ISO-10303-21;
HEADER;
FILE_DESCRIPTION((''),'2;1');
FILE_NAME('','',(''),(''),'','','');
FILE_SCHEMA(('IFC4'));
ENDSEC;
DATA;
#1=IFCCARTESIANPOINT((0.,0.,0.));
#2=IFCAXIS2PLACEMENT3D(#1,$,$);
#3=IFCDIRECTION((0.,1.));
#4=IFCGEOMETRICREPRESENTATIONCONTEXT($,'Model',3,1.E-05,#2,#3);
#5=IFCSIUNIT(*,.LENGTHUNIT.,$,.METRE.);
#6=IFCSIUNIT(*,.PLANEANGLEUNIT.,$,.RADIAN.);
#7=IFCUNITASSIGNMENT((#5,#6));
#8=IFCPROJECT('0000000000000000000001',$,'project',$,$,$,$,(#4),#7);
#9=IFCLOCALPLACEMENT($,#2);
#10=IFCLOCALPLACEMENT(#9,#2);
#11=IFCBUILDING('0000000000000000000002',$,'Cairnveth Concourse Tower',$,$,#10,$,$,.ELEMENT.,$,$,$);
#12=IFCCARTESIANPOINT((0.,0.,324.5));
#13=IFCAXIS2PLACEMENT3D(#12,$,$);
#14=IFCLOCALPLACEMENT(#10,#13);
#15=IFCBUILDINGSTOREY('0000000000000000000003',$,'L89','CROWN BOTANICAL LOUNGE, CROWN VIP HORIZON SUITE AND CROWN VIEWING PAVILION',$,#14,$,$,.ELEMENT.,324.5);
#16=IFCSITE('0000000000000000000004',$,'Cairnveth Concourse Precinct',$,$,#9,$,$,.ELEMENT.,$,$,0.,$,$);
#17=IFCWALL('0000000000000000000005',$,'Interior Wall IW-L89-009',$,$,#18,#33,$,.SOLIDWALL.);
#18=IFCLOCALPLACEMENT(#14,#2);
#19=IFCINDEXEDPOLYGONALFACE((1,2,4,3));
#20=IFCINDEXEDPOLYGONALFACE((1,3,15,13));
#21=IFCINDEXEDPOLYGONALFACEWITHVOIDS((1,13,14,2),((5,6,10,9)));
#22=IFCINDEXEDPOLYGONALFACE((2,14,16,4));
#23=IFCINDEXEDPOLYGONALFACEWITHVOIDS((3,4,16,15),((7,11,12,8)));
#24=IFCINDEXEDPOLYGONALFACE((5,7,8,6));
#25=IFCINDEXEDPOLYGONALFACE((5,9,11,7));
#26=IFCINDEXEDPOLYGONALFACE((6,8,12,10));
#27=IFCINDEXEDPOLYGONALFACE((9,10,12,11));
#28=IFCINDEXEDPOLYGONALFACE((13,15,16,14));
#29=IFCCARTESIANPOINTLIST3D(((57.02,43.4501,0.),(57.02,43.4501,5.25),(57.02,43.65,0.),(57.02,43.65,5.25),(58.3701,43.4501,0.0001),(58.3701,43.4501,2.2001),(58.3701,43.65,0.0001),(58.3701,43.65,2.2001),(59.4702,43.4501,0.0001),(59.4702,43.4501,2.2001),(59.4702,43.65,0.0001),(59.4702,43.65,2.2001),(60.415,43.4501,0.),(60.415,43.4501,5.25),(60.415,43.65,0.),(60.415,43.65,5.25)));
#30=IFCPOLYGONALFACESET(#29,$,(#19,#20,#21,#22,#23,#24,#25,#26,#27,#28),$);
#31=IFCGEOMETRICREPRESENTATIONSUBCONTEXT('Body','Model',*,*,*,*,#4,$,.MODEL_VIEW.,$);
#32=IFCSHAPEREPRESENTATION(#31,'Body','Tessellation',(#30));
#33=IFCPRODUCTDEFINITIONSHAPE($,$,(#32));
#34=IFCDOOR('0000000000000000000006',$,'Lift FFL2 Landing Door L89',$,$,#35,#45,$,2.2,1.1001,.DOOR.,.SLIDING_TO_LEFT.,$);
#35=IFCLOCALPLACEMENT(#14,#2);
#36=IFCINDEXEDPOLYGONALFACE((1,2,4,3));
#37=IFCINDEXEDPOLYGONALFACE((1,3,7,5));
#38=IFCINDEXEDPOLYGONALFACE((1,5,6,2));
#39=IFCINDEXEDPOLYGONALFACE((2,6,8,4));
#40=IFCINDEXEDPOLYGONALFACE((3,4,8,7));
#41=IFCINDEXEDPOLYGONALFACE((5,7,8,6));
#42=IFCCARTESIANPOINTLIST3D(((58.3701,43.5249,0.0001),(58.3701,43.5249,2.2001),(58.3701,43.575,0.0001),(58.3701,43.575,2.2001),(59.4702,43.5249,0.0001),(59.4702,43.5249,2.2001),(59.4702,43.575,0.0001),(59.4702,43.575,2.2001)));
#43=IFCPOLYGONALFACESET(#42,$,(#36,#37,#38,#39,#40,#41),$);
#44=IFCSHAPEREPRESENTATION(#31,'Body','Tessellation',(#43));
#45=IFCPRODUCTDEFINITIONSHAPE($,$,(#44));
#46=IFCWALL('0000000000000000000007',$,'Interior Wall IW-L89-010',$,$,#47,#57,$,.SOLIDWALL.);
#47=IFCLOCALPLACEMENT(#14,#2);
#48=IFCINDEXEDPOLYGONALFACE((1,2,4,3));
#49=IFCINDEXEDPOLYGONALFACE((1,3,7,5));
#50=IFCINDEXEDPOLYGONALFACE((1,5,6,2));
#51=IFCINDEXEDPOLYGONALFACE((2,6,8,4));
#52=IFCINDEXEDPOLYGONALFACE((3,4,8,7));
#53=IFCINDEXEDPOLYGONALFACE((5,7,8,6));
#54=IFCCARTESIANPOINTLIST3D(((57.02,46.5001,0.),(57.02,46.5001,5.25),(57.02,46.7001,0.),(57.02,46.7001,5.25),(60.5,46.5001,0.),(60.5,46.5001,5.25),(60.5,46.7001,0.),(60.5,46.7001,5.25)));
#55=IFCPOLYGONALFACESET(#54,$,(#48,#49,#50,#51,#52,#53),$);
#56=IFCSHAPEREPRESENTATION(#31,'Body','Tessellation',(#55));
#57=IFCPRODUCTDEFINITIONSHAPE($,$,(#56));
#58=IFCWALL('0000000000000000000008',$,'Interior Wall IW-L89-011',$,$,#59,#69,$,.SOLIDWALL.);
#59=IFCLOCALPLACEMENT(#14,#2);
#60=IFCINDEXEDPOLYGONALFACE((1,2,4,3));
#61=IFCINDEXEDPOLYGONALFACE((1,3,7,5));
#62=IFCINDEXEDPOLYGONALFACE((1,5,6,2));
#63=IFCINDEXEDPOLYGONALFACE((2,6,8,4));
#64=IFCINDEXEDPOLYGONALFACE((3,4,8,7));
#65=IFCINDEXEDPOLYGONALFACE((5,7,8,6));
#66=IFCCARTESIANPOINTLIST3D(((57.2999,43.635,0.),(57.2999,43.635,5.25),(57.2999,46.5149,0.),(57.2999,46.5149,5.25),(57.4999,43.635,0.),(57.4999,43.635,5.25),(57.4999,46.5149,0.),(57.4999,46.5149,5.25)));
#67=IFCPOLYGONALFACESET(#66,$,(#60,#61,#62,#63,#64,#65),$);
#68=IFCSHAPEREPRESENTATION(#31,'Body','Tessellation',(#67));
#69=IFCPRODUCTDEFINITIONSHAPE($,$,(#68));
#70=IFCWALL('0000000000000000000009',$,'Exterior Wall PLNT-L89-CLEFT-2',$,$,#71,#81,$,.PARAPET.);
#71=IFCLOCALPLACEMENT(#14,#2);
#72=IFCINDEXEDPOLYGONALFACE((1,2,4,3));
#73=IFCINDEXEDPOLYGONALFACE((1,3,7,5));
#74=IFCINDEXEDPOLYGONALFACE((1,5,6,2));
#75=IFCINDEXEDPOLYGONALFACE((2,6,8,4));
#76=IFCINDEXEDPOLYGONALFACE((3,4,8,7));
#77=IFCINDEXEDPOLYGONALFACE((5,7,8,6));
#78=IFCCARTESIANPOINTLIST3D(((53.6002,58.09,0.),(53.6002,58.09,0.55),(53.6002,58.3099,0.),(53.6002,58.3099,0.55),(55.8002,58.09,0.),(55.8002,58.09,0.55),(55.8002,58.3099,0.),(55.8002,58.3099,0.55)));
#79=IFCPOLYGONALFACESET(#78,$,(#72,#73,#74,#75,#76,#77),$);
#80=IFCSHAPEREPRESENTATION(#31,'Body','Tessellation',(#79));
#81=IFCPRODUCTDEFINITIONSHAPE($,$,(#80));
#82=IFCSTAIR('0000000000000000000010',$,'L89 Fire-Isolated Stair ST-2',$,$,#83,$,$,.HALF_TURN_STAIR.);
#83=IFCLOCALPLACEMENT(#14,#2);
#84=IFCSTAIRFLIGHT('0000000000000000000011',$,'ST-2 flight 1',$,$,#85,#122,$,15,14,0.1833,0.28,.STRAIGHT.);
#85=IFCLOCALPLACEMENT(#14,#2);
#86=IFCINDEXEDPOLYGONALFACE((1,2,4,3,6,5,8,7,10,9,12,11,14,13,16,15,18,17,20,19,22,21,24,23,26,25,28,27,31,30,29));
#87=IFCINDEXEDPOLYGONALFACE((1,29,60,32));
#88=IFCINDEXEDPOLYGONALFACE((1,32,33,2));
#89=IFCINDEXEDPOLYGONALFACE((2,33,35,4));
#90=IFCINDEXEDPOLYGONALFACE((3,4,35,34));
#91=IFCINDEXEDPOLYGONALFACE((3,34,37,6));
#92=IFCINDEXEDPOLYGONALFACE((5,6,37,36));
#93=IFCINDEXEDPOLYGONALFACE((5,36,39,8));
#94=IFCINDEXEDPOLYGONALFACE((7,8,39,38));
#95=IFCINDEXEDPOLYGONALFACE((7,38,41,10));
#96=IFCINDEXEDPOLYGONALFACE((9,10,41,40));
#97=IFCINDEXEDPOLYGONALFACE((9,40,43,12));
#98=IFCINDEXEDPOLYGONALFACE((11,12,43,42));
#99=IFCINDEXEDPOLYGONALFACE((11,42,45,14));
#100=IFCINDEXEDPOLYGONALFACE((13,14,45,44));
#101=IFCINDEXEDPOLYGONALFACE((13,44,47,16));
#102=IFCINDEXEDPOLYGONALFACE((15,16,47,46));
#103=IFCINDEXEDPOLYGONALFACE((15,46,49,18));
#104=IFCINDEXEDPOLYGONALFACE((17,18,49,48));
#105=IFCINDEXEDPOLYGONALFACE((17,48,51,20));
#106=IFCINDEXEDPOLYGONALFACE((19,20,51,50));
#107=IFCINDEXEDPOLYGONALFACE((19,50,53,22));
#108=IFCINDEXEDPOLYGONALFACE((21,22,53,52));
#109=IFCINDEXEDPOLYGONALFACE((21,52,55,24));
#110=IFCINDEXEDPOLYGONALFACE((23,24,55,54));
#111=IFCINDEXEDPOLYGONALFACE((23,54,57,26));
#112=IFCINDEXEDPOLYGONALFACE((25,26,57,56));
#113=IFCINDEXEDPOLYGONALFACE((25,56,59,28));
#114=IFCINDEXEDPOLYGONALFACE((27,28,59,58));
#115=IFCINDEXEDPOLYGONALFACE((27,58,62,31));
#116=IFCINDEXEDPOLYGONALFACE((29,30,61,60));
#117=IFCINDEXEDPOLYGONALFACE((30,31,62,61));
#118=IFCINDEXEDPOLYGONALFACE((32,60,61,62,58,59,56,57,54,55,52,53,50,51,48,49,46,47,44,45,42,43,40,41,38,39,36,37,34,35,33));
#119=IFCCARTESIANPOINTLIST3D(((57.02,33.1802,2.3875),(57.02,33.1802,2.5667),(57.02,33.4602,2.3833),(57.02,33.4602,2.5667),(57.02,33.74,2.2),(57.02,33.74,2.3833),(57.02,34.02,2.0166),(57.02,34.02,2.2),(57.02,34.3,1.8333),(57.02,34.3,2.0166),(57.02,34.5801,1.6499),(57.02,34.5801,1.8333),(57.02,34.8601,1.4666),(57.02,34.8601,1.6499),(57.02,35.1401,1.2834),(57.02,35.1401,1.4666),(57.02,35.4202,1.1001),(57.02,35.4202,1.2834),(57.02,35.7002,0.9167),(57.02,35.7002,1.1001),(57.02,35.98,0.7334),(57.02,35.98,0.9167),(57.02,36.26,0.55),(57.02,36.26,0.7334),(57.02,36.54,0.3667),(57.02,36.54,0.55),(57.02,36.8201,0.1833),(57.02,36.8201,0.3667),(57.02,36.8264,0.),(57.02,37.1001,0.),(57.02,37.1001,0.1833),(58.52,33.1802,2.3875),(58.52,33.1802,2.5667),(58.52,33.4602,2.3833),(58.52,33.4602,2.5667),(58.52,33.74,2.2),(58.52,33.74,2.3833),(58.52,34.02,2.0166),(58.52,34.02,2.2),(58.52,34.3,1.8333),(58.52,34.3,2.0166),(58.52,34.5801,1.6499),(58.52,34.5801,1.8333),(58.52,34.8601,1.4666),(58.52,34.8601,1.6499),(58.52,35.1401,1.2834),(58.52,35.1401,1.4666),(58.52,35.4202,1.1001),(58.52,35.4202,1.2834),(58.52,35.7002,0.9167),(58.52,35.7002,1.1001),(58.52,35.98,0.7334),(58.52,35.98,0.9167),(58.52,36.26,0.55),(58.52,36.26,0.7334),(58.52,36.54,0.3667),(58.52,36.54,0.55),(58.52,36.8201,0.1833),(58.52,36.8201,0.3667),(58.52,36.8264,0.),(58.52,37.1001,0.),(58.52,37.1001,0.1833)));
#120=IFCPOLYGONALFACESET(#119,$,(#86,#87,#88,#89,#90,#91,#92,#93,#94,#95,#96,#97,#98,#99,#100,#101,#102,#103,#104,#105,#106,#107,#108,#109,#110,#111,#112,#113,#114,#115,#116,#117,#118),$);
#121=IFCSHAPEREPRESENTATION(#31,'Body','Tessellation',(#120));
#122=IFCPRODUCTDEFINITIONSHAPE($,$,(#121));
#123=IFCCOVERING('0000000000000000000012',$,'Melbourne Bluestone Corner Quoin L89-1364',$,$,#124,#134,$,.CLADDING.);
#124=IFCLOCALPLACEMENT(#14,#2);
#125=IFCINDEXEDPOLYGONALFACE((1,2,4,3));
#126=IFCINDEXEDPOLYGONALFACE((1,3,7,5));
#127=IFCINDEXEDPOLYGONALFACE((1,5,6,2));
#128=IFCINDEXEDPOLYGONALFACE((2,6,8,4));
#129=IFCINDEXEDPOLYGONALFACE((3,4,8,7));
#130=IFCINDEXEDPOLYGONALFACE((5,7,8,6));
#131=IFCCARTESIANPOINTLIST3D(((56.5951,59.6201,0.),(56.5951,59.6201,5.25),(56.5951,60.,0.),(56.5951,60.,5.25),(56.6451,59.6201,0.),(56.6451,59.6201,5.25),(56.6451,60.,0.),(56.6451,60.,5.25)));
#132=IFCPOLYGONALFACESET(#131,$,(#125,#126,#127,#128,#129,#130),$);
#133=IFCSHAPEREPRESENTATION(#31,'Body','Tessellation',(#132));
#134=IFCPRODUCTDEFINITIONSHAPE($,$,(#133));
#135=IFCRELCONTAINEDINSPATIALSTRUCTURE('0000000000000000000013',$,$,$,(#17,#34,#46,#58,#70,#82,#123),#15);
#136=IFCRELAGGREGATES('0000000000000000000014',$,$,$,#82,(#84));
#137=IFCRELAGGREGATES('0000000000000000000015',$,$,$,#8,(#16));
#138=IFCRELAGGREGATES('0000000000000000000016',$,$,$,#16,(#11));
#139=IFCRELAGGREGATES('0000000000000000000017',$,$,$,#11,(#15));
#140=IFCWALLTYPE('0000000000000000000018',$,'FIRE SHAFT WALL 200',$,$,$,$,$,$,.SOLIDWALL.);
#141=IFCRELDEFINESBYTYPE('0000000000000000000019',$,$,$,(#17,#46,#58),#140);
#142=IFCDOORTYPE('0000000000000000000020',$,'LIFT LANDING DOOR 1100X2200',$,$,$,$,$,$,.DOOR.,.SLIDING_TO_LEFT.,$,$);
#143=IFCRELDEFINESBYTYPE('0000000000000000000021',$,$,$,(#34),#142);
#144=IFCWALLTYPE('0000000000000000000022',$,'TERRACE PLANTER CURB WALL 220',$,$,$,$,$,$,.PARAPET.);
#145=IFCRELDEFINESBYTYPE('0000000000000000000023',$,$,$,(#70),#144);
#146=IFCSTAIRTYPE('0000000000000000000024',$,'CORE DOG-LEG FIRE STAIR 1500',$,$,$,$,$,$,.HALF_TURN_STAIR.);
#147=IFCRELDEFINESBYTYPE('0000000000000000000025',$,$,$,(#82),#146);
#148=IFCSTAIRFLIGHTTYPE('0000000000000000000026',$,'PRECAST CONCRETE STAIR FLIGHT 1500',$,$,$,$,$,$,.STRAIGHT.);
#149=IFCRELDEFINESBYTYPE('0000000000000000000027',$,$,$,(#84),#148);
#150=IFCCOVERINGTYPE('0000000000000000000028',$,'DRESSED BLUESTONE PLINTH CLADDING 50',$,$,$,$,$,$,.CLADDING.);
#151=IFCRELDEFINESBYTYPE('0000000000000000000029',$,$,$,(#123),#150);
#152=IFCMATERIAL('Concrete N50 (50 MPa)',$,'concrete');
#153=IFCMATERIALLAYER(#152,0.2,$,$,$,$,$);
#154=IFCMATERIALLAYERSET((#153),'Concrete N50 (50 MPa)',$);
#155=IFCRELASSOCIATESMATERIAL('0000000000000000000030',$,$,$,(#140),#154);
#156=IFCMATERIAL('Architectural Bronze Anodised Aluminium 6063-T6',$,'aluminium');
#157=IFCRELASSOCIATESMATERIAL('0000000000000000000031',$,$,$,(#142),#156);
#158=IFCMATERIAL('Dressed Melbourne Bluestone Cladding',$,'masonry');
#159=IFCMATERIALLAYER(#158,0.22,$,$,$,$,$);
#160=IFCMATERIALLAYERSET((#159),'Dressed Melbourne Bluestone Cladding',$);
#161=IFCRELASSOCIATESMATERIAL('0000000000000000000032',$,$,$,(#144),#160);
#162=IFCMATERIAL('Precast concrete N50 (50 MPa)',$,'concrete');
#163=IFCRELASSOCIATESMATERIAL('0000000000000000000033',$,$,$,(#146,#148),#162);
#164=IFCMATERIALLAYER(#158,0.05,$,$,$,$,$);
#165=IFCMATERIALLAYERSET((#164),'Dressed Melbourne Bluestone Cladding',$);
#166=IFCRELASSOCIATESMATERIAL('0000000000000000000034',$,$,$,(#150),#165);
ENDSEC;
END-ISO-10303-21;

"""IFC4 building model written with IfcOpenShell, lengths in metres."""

from ifc_helpers import new_model, si_unit, direction, frame, frame_2d, origin, place, context, subcontext, project, spatial, polyline, rectangle, outline, extrude, material, layer, layer_set, type_object, element, fill, aggregate, save


model = new_model("IFC4")

# Units and contexts
model_context = context("Model", 3, precision=1e-05, world=origin(), true_north=direction((0.0, 1.0)))
body_context = subcontext(model_context, "Body", "Model", "MODEL_VIEW")
ifc_project = project(units=[si_unit("LENGTHUNIT", "METRE"), si_unit("PLANEANGLEUNIT", "RADIAN")], contexts=[model_context])

# Site, building, storey
site_placement = place(None, origin())
site = spatial("IfcSite", under=ifc_project, at=site_placement, Name="Cairnveth Concourse Precinct", CompositionType="ELEMENT", RefElevation=0.0)
building_placement = place(site_placement, origin())
building = spatial("IfcBuilding", under=site, at=building_placement, Name="Cairnveth Concourse Tower", CompositionType="ELEMENT")
storey_placement = place(building_placement, frame((0.0, 0.0, 324.5)))
storey = spatial("IfcBuildingStorey", under=building, at=storey_placement, Name="L89", Description="CROWN BOTANICAL LOUNGE, CROWN VIP HORIZON SUITE AND CROWN VIEWING PAVILION", CompositionType="ELEMENT", Elevation=324.5)

# Shared definitions
ifc_material_1 = material(Name="Architectural Bronze Anodised Aluminium 6063-T6", Category="aluminium")

# Wall, opening, door
ifc_material_2 = material(Name="Concrete N50 (50 MPa)", Category="concrete")
ifc_layer_1 = layer(ifc_material_2, 0.2)
ifc_layer_set_1 = layer_set([ifc_layer_1], Name="Concrete N50 (50 MPa)")
wall_type_1 = type_object("IfcWallType", Name="FIRE SHAFT WALL 200", PredefinedType="SOLIDWALL", material=ifc_layer_set_1)
wall_1_placement = place(storey_placement, frame((57.02, 43.55, 0.0), z_axis=(0.0, 0.0, 1.0), x_axis=(1.0, 0.0, 0.0)))
wall_1 = element("IfcWall", 1, at=wall_1_placement, inside=storey, type_object=wall_type_1, Name="Interior Wall IW-L89-009", PredefinedType="SOLIDWALL", context=body_context, shape_type="SweptSolid", body=[
    extrude(rectangle(XDim=3.395, YDim=0.2, at=frame_2d((1.6975, 0.0))), origin(), (0.0, 0.0, 1.0), 5.25),
])
opening_1_placement = place(wall_1_placement, frame((1.3501, 0.0, 0.0)))
opening_1 = element("IfcOpeningElement", 2, at=opening_1_placement, cuts=wall_1, PredefinedType="OPENING", context=body_context, shape_type="SweptSolid", body=[
    extrude(rectangle(XDim=1.1001, YDim=2.2, at=frame_2d((0.55, 1.1001))), frame((0.0, 0.1099, 0.0), z_axis=(0.0, -1.0, 0.0), x_axis=(1.0, 0.0, 0.0)), (0.0, 0.0, 1.0), 0.22),
])
door_type_1 = type_object("IfcDoorType", Name="LIFT LANDING DOOR 1100X2200", OperationType="SLIDING_TO_LEFT", PredefinedType="DOOR", material=ifc_material_1)
door_1_placement = place(opening_1_placement, origin())
door_1 = element("IfcDoor", 3, at=door_1_placement, inside=storey, type_object=door_type_1, Name="Lift FFL2 Landing Door L89", OperationType="SLIDING_TO_LEFT", OverallHeight=2.2, OverallWidth=1.1001, PredefinedType="DOOR", context=body_context, shape_type="SweptSolid", body=[
    extrude(rectangle(XDim=1.1001, YDim=2.2, at=frame_2d((0.55, 1.1001))), frame((0.0, 0.0249, 0.0), z_axis=(0.0, -1.0, 0.0), x_axis=(1.0, 0.0, 0.0)), (0.0, 0.0, 1.0), 0.05),
])
fill(opening_1, door_1)

# Walls
wall_2_placement = place(storey_placement, frame((57.02, 46.6001, 0.0), z_axis=(0.0, 0.0, 1.0), x_axis=(1.0, 0.0, 0.0)))
element("IfcWall", 4, at=wall_2_placement, inside=storey, type_object=wall_type_1, Name="Interior Wall IW-L89-010", PredefinedType="SOLIDWALL", context=body_context, shape_type="SweptSolid", body=[
    extrude(rectangle(XDim=3.48, YDim=0.2, at=frame_2d((1.74, 0.0))), origin(), (0.0, 0.0, 1.0), 5.25),
])
wall_3_placement = place(storey_placement, frame((57.3999, 43.635, 0.0), z_axis=(0.0, 0.0, 1.0), x_axis=(0.0, 1.0, 0.0)))
element("IfcWall", 5, at=wall_3_placement, inside=storey, type_object=wall_type_1, Name="Interior Wall IW-L89-011", PredefinedType="SOLIDWALL", context=body_context, shape_type="SweptSolid", body=[
    extrude(rectangle(XDim=2.8799, YDim=0.2, at=frame_2d((1.4399, 0.0))), origin(), (0.0, 0.0, 1.0), 5.25),
])
ifc_material_3 = material(Name="Dressed Melbourne Bluestone Cladding", Category="masonry")
ifc_layer_2 = layer(ifc_material_3, 0.22)
ifc_layer_set_2 = layer_set([ifc_layer_2], Name="Dressed Melbourne Bluestone Cladding")
wall_type_2 = type_object("IfcWallType", Name="TERRACE PLANTER CURB WALL 220", PredefinedType="PARAPET", material=ifc_layer_set_2)
wall_4_placement = place(storey_placement, frame((53.6001, 58.2, 0.0), z_axis=(0.0, 0.0, 1.0), x_axis=(1.0, 0.0, 0.0)))
element("IfcWall", 6, at=wall_4_placement, inside=storey, type_object=wall_type_2, Name="Exterior Wall PLNT-L89-CLEFT-2", PredefinedType="PARAPET", context=body_context, shape_type="SweptSolid", body=[
    extrude(rectangle(XDim=2.2, YDim=0.22, at=frame_2d((1.1001, 0.0))), origin(), (0.0, 0.0, 1.0), 0.55),
])

# Stair, stair flight
ifc_material_4 = material(Name="Precast concrete N50 (50 MPa)", Category="concrete")
stair_type = type_object("IfcStairType", Name="CORE DOG-LEG FIRE STAIR 1500", PredefinedType="HALF_TURN_STAIR", material=ifc_material_4)
stair_placement = place(storey_placement, origin())
stair = element("IfcStair", 7, at=stair_placement, inside=storey, type_object=stair_type, Name="L89 Fire-Isolated Stair ST-2", PredefinedType="HALF_TURN_STAIR")
stair_flight_type = type_object("IfcStairFlightType", Name="PRECAST CONCRETE STAIR FLIGHT 1500", PredefinedType="STRAIGHT", material=ifc_material_4)
stair_flight_placement = place(storey_placement, frame((57.77, 37.1001, 0.0), z_axis=(0.0, 0.0, 1.0), x_axis=(0.0, -1.0, 0.0)))
stair_flight = element("IfcStairFlight", 8, at=stair_flight_placement, type_object=stair_flight_type, Name="ST-2 flight 1", NumberOfRisers=15, NumberOfTreads=14, PredefinedType="STRAIGHT", RiserHeight=0.1833, TreadLength=0.28, context=body_context, shape_type="SweptSolid", body=[
    extrude(outline(polyline([(0.0, 0.0), (0.0, 0.1833), (0.28, 0.1833), (0.28, 0.3667), (0.5601, 0.3667), (0.5601, 0.55), (0.8401, 0.55), (0.8401, 0.7334), (1.1201, 0.7334), (1.1201, 0.9167), (1.3999, 0.9167), (1.3999, 1.1001), (1.6799, 1.1001), (1.6799, 1.2834), (1.96, 1.2834), (1.96, 1.4666), (2.24, 1.4666), (2.24, 1.6499), (2.52, 1.6499), (2.52, 1.8333), (2.8, 1.8333), (2.8, 2.0166), (3.0801, 2.0166), (3.0801, 2.2), (3.3601, 2.2), (3.3601, 2.3833), (3.6399, 2.3833), (3.6399, 2.5667), (3.9199, 2.5667), (3.9199, 2.75), (3.9199, 2.3875), (0.2737, 0.0), (0.0, 0.0)])), frame((0.0, 0.75, 0.0), z_axis=(0.0, -1.0, 0.0), x_axis=(1.0, 0.0, 0.0)), (0.0, 0.0, 1.0), 1.5),
])
aggregate(stair, [stair_flight])

# Covering
ifc_layer_3 = layer(ifc_material_3, 0.05)
ifc_layer_set_3 = layer_set([ifc_layer_3], Name="Dressed Melbourne Bluestone Cladding")
covering_type = type_object("IfcCoveringType", Name="DRESSED BLUESTONE PLINTH CLADDING 50", PredefinedType="CLADDING", material=ifc_layer_set_3)
covering_placement = place(storey_placement, frame((56.6201, 59.6201, 0.0), z_axis=(0.0, 0.0, 1.0), x_axis=(0.0, 1.0, 0.0)))
element("IfcCovering", 9, at=covering_placement, inside=storey, type_object=covering_type, Name="Melbourne Bluestone Corner Quoin L89-1364", PredefinedType="CLADDING", context=body_context, shape_type="SweptSolid", body=[
    extrude(rectangle(XDim=0.3799, YDim=0.05, at=frame_2d((0.1899, 0.0))), origin(), (0.0, 0.0, 1.0), 5.25),
])

save(model, "model.ifc")
